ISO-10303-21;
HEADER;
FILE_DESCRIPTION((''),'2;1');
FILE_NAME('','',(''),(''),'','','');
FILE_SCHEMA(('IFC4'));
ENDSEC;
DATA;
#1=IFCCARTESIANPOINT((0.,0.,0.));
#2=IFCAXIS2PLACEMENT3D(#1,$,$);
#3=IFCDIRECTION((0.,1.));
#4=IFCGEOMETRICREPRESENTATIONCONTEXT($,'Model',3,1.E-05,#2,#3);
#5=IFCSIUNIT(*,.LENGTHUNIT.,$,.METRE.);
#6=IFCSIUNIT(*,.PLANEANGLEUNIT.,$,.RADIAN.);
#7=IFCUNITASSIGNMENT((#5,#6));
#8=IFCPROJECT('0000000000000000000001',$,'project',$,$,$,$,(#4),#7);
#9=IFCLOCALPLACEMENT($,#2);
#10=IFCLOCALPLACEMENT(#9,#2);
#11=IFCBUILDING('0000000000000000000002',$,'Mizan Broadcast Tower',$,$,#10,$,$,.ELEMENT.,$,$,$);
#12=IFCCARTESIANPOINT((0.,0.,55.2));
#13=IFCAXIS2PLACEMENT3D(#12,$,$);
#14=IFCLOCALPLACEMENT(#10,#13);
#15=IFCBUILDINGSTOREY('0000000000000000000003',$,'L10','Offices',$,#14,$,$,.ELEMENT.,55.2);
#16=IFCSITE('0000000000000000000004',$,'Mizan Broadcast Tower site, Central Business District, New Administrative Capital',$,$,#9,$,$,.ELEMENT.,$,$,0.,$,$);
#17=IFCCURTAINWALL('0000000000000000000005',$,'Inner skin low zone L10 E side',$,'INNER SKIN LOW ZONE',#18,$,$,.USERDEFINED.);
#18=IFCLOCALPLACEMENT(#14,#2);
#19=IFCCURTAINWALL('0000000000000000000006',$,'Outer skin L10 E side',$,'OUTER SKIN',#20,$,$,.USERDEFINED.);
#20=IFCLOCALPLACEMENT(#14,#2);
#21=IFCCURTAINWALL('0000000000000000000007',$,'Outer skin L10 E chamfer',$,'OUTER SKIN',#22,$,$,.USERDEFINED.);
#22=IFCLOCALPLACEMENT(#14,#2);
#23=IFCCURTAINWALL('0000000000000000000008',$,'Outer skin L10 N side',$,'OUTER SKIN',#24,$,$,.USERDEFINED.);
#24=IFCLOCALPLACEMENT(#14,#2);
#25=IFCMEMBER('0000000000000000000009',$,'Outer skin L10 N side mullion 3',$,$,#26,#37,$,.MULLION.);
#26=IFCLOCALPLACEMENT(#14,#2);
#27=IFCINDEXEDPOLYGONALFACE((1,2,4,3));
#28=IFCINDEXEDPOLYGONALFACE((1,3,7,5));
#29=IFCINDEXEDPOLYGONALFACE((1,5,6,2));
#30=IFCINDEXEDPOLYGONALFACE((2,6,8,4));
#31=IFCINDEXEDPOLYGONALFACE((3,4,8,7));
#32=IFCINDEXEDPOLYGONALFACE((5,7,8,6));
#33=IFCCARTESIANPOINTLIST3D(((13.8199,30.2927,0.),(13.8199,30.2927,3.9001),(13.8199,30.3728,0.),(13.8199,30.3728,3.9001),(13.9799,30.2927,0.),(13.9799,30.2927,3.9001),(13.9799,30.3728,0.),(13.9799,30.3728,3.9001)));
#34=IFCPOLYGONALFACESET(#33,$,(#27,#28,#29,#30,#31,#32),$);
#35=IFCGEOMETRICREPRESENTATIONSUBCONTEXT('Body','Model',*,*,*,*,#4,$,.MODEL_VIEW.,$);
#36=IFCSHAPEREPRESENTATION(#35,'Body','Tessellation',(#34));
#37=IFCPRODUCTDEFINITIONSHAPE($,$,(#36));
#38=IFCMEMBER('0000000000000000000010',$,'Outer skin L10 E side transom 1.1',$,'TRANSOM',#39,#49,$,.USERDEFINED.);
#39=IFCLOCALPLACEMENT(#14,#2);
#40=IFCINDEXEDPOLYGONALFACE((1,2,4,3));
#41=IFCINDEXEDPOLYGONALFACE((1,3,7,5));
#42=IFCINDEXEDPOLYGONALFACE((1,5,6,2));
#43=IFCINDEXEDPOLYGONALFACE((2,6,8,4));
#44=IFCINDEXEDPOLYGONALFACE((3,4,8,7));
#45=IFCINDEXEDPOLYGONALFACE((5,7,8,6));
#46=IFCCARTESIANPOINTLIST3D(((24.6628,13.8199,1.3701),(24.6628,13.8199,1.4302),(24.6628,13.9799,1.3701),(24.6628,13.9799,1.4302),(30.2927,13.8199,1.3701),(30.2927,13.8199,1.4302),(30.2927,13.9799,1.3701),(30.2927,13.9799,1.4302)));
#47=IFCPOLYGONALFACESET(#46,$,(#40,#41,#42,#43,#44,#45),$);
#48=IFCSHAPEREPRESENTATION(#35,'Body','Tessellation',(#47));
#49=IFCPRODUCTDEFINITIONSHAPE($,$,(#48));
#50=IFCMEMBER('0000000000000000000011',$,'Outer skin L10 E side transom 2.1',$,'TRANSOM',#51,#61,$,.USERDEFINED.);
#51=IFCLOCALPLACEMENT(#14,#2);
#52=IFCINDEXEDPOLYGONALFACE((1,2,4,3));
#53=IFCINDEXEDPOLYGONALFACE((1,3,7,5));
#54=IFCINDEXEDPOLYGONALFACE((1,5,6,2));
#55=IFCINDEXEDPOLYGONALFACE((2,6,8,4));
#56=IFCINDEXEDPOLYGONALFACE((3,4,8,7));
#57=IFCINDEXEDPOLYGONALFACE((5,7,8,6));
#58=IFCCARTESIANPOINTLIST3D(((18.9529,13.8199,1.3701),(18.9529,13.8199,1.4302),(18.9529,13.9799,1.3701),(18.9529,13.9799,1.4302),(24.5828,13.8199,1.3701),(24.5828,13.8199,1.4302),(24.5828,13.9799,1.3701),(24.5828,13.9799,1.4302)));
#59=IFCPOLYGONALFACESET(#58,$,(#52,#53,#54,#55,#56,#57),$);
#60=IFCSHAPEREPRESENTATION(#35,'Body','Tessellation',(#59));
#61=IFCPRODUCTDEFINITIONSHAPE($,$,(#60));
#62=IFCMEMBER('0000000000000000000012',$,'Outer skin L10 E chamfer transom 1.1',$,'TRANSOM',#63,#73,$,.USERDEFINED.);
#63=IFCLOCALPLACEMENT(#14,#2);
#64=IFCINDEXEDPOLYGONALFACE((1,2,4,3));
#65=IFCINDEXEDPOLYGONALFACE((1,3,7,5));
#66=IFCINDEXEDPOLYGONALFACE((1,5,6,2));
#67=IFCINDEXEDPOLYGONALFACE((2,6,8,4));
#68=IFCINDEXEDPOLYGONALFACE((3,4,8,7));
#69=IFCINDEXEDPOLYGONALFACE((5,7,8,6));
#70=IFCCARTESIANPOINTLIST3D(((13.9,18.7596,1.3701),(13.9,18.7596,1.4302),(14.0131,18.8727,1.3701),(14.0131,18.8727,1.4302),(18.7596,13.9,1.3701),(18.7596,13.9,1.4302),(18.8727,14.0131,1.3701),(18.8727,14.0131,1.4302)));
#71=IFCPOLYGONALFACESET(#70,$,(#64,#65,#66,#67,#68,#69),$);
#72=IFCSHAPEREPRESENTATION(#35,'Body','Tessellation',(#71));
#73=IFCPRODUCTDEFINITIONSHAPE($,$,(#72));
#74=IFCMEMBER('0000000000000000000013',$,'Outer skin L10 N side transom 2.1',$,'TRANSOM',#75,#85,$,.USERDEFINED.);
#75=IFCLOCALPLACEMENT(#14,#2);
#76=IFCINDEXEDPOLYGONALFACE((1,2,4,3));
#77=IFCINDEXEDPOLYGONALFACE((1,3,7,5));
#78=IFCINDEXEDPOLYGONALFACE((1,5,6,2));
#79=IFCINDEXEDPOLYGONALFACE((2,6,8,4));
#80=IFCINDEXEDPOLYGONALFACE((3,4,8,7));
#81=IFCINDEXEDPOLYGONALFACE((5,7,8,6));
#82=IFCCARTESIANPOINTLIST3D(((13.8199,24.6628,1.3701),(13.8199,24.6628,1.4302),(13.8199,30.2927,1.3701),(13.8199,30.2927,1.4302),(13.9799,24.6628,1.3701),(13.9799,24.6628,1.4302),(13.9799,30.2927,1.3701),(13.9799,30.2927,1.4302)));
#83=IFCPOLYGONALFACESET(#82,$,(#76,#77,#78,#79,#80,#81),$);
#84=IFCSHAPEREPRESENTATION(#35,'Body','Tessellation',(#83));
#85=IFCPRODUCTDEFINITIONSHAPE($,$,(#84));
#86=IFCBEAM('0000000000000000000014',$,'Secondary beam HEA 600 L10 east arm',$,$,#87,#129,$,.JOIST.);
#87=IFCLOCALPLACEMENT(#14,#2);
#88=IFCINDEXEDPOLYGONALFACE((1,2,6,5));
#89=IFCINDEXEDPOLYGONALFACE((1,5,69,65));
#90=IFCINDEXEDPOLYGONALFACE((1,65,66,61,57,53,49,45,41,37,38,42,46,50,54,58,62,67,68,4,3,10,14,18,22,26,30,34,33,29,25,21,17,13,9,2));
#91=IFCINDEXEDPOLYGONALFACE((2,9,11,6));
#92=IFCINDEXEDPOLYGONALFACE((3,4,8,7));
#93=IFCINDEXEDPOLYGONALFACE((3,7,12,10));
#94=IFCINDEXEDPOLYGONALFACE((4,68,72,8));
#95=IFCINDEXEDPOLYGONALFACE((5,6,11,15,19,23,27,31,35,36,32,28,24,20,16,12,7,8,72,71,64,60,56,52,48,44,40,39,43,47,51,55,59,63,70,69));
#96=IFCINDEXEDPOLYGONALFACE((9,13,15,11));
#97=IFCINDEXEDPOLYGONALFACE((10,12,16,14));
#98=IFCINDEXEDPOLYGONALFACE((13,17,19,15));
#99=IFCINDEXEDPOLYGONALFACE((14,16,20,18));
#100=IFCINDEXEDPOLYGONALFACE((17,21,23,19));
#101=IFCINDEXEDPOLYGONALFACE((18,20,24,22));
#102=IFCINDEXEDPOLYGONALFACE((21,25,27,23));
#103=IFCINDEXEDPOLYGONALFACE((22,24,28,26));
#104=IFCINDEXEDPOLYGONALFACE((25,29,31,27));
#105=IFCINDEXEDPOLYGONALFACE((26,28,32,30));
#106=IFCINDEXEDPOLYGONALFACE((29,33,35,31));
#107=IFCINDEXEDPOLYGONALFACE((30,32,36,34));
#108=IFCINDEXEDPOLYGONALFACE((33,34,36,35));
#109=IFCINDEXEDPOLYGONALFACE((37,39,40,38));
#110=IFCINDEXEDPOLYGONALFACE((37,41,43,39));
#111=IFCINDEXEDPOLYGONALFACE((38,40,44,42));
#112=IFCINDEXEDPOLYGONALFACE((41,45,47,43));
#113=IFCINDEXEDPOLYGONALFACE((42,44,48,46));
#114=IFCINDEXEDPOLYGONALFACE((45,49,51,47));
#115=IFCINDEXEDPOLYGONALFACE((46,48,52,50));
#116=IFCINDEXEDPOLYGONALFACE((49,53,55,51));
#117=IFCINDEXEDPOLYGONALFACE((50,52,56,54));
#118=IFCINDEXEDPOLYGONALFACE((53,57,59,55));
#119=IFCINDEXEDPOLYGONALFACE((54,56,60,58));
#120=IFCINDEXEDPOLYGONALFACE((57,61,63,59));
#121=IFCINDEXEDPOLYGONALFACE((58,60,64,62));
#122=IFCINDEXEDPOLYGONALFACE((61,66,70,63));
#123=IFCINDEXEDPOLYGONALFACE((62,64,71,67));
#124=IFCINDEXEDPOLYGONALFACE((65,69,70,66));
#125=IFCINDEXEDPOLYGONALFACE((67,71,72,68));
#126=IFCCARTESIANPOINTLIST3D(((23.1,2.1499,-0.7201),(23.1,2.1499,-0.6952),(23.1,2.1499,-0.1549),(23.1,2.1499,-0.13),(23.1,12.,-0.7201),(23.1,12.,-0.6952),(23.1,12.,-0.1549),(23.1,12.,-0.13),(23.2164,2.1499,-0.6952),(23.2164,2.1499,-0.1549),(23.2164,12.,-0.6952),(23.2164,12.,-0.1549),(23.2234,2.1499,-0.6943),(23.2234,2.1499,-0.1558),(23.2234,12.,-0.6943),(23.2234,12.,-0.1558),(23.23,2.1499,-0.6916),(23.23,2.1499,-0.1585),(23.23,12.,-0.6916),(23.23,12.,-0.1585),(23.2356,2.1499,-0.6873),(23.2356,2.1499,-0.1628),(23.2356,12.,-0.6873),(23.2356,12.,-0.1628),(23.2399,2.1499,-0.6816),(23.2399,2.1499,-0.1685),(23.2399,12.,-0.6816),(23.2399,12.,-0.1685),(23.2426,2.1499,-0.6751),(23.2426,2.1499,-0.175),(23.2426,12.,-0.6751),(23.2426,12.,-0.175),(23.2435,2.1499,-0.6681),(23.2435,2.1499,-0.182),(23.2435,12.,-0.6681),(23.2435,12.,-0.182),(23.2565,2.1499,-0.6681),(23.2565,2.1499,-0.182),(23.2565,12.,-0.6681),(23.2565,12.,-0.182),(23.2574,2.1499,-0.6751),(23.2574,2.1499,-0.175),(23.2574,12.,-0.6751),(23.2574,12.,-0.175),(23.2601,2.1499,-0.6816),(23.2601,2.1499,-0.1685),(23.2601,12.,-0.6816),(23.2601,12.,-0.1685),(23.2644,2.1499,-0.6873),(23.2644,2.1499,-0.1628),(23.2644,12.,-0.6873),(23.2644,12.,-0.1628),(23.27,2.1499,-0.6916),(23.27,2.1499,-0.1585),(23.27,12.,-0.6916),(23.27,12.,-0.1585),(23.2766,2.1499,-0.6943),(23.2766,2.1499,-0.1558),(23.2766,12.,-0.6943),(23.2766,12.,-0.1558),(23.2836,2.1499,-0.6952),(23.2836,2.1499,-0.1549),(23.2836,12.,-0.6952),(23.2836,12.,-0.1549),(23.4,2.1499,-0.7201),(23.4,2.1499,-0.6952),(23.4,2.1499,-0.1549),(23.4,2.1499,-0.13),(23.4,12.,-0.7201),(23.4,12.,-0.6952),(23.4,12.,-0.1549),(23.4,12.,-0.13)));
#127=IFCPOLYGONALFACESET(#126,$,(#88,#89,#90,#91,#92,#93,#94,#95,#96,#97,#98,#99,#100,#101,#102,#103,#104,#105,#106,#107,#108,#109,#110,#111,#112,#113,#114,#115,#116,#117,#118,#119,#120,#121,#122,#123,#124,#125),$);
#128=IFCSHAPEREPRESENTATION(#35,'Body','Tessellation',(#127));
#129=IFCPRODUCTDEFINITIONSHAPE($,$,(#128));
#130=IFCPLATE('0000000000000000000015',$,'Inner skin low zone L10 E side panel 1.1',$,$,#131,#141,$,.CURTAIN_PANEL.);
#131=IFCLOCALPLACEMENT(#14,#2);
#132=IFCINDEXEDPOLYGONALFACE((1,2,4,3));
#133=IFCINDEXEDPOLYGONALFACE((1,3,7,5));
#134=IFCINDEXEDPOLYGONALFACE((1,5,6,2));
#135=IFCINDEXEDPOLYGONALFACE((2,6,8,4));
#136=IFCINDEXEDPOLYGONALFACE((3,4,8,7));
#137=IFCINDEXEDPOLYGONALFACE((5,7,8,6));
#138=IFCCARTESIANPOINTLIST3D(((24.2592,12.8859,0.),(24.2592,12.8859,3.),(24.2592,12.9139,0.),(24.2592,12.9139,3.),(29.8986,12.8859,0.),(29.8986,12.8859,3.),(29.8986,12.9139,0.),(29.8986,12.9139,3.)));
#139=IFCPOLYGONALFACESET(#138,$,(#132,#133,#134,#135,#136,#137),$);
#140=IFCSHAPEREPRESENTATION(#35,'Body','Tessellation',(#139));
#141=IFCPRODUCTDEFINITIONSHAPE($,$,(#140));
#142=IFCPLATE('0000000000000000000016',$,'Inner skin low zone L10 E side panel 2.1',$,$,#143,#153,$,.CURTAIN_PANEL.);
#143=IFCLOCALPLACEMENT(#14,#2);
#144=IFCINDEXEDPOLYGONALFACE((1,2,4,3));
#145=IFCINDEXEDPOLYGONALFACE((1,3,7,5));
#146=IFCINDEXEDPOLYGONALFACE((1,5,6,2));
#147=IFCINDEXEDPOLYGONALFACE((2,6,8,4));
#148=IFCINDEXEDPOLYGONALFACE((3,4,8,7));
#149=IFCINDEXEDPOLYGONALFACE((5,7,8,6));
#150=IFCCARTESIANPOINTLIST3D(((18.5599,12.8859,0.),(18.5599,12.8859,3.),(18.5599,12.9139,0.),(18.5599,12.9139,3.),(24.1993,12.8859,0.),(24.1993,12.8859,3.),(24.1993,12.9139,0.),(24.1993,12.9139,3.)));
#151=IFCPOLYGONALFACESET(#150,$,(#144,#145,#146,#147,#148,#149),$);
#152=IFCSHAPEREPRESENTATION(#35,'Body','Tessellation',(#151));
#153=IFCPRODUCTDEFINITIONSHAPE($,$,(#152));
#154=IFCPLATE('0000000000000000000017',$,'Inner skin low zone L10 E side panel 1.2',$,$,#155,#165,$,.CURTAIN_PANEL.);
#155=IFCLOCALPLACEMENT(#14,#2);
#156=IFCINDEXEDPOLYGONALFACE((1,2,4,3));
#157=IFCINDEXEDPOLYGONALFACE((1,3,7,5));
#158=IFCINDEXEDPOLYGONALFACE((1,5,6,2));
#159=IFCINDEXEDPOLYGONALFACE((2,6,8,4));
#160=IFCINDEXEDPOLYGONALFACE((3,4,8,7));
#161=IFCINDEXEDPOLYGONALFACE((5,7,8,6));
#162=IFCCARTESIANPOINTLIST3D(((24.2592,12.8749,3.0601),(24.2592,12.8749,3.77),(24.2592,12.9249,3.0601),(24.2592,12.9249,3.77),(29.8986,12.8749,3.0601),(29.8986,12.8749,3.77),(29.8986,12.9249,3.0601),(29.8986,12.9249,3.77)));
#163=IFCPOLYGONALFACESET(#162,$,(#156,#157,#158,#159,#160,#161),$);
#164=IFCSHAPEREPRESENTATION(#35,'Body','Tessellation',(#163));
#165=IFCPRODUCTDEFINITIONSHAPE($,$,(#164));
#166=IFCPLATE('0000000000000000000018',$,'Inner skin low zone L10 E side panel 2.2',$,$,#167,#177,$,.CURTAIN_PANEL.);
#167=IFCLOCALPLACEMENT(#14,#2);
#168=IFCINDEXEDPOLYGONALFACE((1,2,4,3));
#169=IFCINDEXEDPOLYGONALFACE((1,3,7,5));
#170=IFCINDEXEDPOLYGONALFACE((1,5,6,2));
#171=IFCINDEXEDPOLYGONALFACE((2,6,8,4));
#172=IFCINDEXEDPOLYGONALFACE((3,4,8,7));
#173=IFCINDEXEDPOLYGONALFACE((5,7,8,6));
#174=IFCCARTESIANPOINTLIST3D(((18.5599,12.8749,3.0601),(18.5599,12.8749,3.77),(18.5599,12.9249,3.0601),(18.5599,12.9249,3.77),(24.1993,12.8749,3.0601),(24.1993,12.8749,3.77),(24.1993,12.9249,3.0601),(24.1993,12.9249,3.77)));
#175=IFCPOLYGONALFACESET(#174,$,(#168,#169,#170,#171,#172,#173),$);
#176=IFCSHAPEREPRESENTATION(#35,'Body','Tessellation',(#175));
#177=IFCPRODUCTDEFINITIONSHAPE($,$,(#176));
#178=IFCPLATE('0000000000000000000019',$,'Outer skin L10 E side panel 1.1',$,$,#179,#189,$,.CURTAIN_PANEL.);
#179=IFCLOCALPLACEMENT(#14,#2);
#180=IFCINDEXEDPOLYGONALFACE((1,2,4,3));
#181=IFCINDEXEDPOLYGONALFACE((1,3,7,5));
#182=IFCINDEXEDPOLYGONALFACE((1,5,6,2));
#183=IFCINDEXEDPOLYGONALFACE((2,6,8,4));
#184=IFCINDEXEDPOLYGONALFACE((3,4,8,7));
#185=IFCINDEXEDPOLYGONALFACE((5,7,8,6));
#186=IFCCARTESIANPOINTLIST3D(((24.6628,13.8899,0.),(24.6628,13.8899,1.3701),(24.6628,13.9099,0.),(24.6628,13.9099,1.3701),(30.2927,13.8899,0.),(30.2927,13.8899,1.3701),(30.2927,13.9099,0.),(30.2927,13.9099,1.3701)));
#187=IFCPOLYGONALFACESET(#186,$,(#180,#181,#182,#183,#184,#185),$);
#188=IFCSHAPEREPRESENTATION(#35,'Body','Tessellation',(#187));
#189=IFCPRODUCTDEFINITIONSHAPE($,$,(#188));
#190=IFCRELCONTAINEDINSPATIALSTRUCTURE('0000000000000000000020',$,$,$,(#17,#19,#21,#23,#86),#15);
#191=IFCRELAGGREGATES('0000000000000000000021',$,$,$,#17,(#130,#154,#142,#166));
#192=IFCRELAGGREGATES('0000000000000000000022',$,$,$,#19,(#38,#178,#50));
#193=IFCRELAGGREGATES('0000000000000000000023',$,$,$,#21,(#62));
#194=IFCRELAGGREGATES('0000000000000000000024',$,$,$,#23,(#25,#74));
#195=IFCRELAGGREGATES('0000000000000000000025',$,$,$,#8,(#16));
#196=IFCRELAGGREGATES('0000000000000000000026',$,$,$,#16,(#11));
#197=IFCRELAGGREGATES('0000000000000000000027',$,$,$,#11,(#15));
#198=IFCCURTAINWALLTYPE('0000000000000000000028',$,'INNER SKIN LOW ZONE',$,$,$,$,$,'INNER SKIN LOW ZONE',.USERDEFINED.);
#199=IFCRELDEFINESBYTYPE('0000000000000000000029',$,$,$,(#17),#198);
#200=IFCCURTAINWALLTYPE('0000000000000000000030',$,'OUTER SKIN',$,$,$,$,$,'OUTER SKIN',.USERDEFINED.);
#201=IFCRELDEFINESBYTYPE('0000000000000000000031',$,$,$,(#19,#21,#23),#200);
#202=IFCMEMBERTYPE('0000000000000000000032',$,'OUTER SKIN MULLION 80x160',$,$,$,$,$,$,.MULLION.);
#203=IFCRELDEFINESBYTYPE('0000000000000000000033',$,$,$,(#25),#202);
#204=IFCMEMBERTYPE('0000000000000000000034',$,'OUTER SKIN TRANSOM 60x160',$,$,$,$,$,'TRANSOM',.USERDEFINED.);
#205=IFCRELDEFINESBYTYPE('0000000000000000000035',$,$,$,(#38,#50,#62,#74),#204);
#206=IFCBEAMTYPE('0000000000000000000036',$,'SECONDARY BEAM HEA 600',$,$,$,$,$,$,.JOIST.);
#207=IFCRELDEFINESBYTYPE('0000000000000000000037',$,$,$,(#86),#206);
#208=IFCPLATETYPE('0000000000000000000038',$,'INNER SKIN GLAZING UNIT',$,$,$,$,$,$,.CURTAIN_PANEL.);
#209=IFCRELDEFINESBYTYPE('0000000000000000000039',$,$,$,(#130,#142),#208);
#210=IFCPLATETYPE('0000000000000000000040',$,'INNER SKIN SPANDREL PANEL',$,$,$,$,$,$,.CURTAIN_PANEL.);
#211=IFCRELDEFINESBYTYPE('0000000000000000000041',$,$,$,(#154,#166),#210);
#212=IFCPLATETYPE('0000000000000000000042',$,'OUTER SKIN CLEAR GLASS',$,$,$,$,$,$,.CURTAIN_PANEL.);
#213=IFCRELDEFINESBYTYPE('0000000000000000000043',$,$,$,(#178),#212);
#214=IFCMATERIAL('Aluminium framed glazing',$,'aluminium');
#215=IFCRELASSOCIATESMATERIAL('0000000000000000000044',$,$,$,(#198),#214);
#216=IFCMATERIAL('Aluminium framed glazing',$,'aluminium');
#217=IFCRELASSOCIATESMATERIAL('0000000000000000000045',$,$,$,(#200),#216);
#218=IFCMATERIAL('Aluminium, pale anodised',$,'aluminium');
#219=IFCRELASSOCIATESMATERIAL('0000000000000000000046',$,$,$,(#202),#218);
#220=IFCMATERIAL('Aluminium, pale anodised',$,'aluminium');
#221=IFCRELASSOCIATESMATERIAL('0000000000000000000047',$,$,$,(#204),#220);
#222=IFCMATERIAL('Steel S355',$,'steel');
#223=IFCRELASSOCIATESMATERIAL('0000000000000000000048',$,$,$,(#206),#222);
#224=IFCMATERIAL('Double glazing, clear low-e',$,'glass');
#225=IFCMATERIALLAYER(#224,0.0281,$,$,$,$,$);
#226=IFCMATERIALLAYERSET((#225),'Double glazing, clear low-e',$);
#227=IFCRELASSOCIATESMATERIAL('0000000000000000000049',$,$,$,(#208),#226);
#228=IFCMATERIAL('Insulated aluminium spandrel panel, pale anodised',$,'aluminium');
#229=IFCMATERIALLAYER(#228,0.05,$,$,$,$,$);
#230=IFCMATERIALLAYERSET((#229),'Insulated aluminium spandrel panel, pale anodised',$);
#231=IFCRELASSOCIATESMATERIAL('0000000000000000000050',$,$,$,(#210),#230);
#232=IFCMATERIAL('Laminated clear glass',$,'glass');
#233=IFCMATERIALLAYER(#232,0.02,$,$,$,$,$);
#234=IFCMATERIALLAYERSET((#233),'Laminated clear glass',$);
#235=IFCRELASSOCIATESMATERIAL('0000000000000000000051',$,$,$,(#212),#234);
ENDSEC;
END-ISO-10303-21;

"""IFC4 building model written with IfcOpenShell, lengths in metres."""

from ifc_helpers import new_model, si_unit, direction, frame, origin, origin_2d, place, context, subcontext, project, spatial, rectangle, i_section, extrude, material, layer, layer_set, material_profile, profile_set, type_object, element, aggregate, save


model = new_model("IFC4")

# Units and contexts
model_context = context("Model", 3, precision=1e-05, world=origin(), true_north=direction((0.0, 1.0)))
body_context = subcontext(model_context, "Body", "Model", "MODEL_VIEW")
ifc_project = project(units=[si_unit("LENGTHUNIT", "METRE"), si_unit("PLANEANGLEUNIT", "RADIAN")], contexts=[model_context])

# Site, building, storey
site_placement = place(None, origin())
site = spatial("IfcSite", under=ifc_project, at=site_placement, Name="Mizan Broadcast Tower site, Central Business District, New Administrative Capital", CompositionType="ELEMENT", RefElevation=0.0)
building_placement = place(site_placement, origin())
building = spatial("IfcBuilding", under=site, at=building_placement, Name="Mizan Broadcast Tower", CompositionType="ELEMENT")
storey_placement = place(building_placement, frame((0.0, 0.0, 55.2)))
storey = spatial("IfcBuildingStorey", under=building, at=storey_placement, Name="L10", Description="Offices", CompositionType="ELEMENT", Elevation=55.2)

# Shared definitions
ifc_material_1 = material(Name="Aluminium framed glazing", Category="aluminium")
curtain_wall_type_1 = type_object("IfcCurtainWallType", Name="INNER SKIN LOW ZONE", ElementType="INNER SKIN LOW ZONE", PredefinedType="USERDEFINED", material=ifc_material_1)

# Curtain wall
curtain_wall_1_placement = place(storey_placement, origin())
curtain_wall_1 = element("IfcCurtainWall", 1, at=curtain_wall_1_placement, inside=storey, type_object=curtain_wall_type_1, Name="Inner skin low zone L10 E side", ObjectType="INNER SKIN LOW ZONE", PredefinedType="USERDEFINED")

# Shared definitions
ifc_material_2 = material(Name="Aluminium framed glazing", Category="aluminium")
curtain_wall_type_2 = type_object("IfcCurtainWallType", Name="OUTER SKIN", ElementType="OUTER SKIN", PredefinedType="USERDEFINED", material=ifc_material_2)
ifc_material_3 = material(Name="Aluminium, pale anodised", Category="aluminium")
ifc_material_profile_1 = material_profile(ifc_material_3, rectangle(XDim=0.1599, YDim=0.0801, at=origin_2d()), Name="MULLION 160x80")
ifc_profile_set_1 = profile_set([ifc_material_profile_1], Name="Aluminium, pale anodised")
member_type_1 = type_object("IfcMemberType", Name="OUTER SKIN MULLION 80x160", PredefinedType="MULLION", material=ifc_profile_set_1)

# Curtain wall
curtain_wall_2_placement = place(storey_placement, origin())
curtain_wall_2 = element("IfcCurtainWall", 2, at=curtain_wall_2_placement, inside=storey, type_object=curtain_wall_type_2, Name="Outer skin L10 E side", ObjectType="OUTER SKIN", PredefinedType="USERDEFINED")

# Curtain wall
curtain_wall_3_placement = place(storey_placement, origin())
curtain_wall_3 = element("IfcCurtainWall", 3, at=curtain_wall_3_placement, inside=storey, type_object=curtain_wall_type_2, Name="Outer skin L10 E chamfer", ObjectType="OUTER SKIN", PredefinedType="USERDEFINED")

# Curtain wall, member
curtain_wall_4_placement = place(storey_placement, origin())
curtain_wall_4 = element("IfcCurtainWall", 4, at=curtain_wall_4_placement, inside=storey, type_object=curtain_wall_type_2, Name="Outer skin L10 N side", ObjectType="OUTER SKIN", PredefinedType="USERDEFINED")
member_1_placement = place(storey_placement, frame((13.8999, 30.3328, 0.0), z_axis=(0.0, 0.0, 1.0), x_axis=(-1.0, 0.0, 0.0)))
member_1 = element("IfcMember", 5, at=member_1_placement, type_object=member_type_1, Name="Outer skin L10 N side mullion 3", PredefinedType="MULLION", context=body_context, shape_type="SweptSolid", body=[
    extrude(rectangle(XDim=0.1599, YDim=0.0801, at=origin_2d()), origin(), (0.0, 0.0, 1.0), 3.9001),
])

# Members
ifc_material_4 = material(Name="Aluminium, pale anodised", Category="aluminium")
ifc_material_profile_2 = material_profile(ifc_material_4, rectangle(XDim=0.1599, YDim=0.0601, at=origin_2d()), Name="TRANSOM 160x60")
ifc_profile_set_2 = profile_set([ifc_material_profile_2], Name="Aluminium, pale anodised")
member_type_2 = type_object("IfcMemberType", Name="OUTER SKIN TRANSOM 60x160", ElementType="TRANSOM", PredefinedType="USERDEFINED", material=ifc_profile_set_2)
member_2_placement = place(storey_placement, frame((30.2927, 13.8999, 1.4001), z_axis=(-1.0, 0.0, 0.0), x_axis=(0.0, -1.0, 0.0)))
member_2 = element("IfcMember", 6, at=member_2_placement, type_object=member_type_2, Name="Outer skin L10 E side transom 1.1", ObjectType="TRANSOM", PredefinedType="USERDEFINED", context=body_context, shape_type="SweptSolid", body=[
    extrude(rectangle(XDim=0.1599, YDim=0.0601, at=origin_2d()), origin(), (0.0, 0.0, 1.0), 5.6299),
])
member_3_placement = place(storey_placement, frame((24.5828, 13.8999, 1.4001), z_axis=(-1.0, 0.0, 0.0), x_axis=(0.0, -1.0, 0.0)))
member_3 = element("IfcMember", 7, at=member_3_placement, type_object=member_type_2, Name="Outer skin L10 E side transom 2.1", ObjectType="TRANSOM", PredefinedType="USERDEFINED", context=body_context, shape_type="SweptSolid", body=[
    extrude(rectangle(XDim=0.1599, YDim=0.0601, at=origin_2d()), origin(), (0.0, 0.0, 1.0), 5.6299),
])
member_4_placement = place(storey_placement, frame((18.8162, 13.9565, 1.4001), z_axis=(-0.707107, 0.707107, 0.0), x_axis=(-0.707107, -0.707107, 0.0)))
member_4 = element("IfcMember", 8, at=member_4_placement, type_object=member_type_2, Name="Outer skin L10 E chamfer transom 1.1", ObjectType="TRANSOM", PredefinedType="USERDEFINED", context=body_context, shape_type="SweptSolid", body=[
    extrude(rectangle(XDim=0.1599, YDim=0.0601, at=origin_2d()), origin(), (0.0, 0.0, 1.0), 6.8726),
])
member_5_placement = place(storey_placement, frame((13.8999, 24.6628, 1.4001), z_axis=(0.0, 1.0, 0.0), x_axis=(-1.0, 0.0, 0.0)))
member_5 = element("IfcMember", 9, at=member_5_placement, type_object=member_type_2, Name="Outer skin L10 N side transom 2.1", ObjectType="TRANSOM", PredefinedType="USERDEFINED", context=body_context, shape_type="SweptSolid", body=[
    extrude(rectangle(XDim=0.1599, YDim=0.0601, at=origin_2d()), origin(), (0.0, 0.0, 1.0), 5.6299),
])

# Beam
ifc_material_5 = material(Name="Steel S355", Category="steel")
ifc_material_profile_3 = material_profile(ifc_material_5, i_section(OverallWidth=0.3, OverallDepth=0.5901, WebThickness=0.0129, FlangeThickness=0.0249, FilletRadius=0.0271, at=origin_2d()), Name="HEA 600")
ifc_profile_set_3 = profile_set([ifc_material_profile_3], Name="Steel S355")
beam_type_1 = type_object("IfcBeamType", Name="SECONDARY BEAM HEA 600", PredefinedType="JOIST", material=ifc_profile_set_3)
beam_1_placement = place(storey_placement, frame((23.25, 12.0, -0.425), z_axis=(0.0, -1.0, 0.0), x_axis=(1.0, 0.0, 0.0)))
element("IfcBeam", 10, at=beam_1_placement, inside=storey, type_object=beam_type_1, Name="Secondary beam HEA 600 L10 east arm", PredefinedType="JOIST", context=body_context, shape_type="SweptSolid", body=[
    extrude(i_section(OverallWidth=0.3, OverallDepth=0.5901, WebThickness=0.0129, FlangeThickness=0.0249, FilletRadius=0.0271, at=origin_2d()), origin(), (0.0, 0.0, 1.0), 9.8501),
])

# Plates
ifc_material_6 = material(Name="Double glazing, clear low-e", Category="glass")
ifc_layer_1 = layer(ifc_material_6, 0.0281)
ifc_layer_set_1 = layer_set([ifc_layer_1], Name="Double glazing, clear low-e")
plate_type_1 = type_object("IfcPlateType", Name="INNER SKIN GLAZING UNIT", PredefinedType="CURTAIN_PANEL", material=ifc_layer_set_1)
plate_1_placement = place(storey_placement, frame((27.0789, 12.8999, 0.0), z_axis=(0.0, 0.0, 1.0), x_axis=(-1.0, 0.0, 0.0)))
plate_1 = element("IfcPlate", 11, at=plate_1_placement, type_object=plate_type_1, Name="Inner skin low zone L10 E side panel 1.1", PredefinedType="CURTAIN_PANEL", context=body_context, shape_type="SweptSolid", body=[
    extrude(rectangle(XDim=5.6394, YDim=0.0281, at=origin_2d()), origin(), (0.0, 0.0, 1.0), 3.0),
])
plate_2_placement = place(storey_placement, frame((21.3796, 12.8999, 0.0), z_axis=(0.0, 0.0, 1.0), x_axis=(-1.0, 0.0, 0.0)))
plate_2 = element("IfcPlate", 12, at=plate_2_placement, type_object=plate_type_1, Name="Inner skin low zone L10 E side panel 2.1", PredefinedType="CURTAIN_PANEL", context=body_context, shape_type="SweptSolid", body=[
    extrude(rectangle(XDim=5.6394, YDim=0.0281, at=origin_2d()), origin(), (0.0, 0.0, 1.0), 3.0),
])
ifc_material_7 = material(Name="Insulated aluminium spandrel panel, pale anodised", Category="aluminium")
ifc_layer_2 = layer(ifc_material_7, 0.05)
ifc_layer_set_2 = layer_set([ifc_layer_2], Name="Insulated aluminium spandrel panel, pale anodised")
plate_type_2 = type_object("IfcPlateType", Name="INNER SKIN SPANDREL PANEL", PredefinedType="CURTAIN_PANEL", material=ifc_layer_set_2)
plate_3_placement = place(storey_placement, frame((27.0789, 12.8999, 3.0601), z_axis=(0.0, 0.0, 1.0), x_axis=(-1.0, 0.0, 0.0)))
plate_3 = element("IfcPlate", 13, at=plate_3_placement, type_object=plate_type_2, Name="Inner skin low zone L10 E side panel 1.2", PredefinedType="CURTAIN_PANEL", context=body_context, shape_type="SweptSolid", body=[
    extrude(rectangle(XDim=5.6394, YDim=0.05, at=origin_2d()), origin(), (0.0, 0.0, 1.0), 0.71),
])
plate_4_placement = place(storey_placement, frame((21.3796, 12.8999, 3.0601), z_axis=(0.0, 0.0, 1.0), x_axis=(-1.0, 0.0, 0.0)))
plate_4 = element("IfcPlate", 14, at=plate_4_placement, type_object=plate_type_2, Name="Inner skin low zone L10 E side panel 2.2", PredefinedType="CURTAIN_PANEL", context=body_context, shape_type="SweptSolid", body=[
    extrude(rectangle(XDim=5.6394, YDim=0.05, at=origin_2d()), origin(), (0.0, 0.0, 1.0), 0.71),
])
aggregate(curtain_wall_1, [plate_1, plate_3, plate_2, plate_4])
ifc_material_8 = material(Name="Laminated clear glass", Category="glass")
ifc_layer_3 = layer(ifc_material_8, 0.02)
ifc_layer_set_3 = layer_set([ifc_layer_3], Name="Laminated clear glass")
plate_type_3 = type_object("IfcPlateType", Name="OUTER SKIN CLEAR GLASS", PredefinedType="CURTAIN_PANEL", material=ifc_layer_set_3)
plate_5_placement = place(storey_placement, frame((27.4778, 13.8999, 0.0), z_axis=(0.0, 0.0, 1.0), x_axis=(-1.0, 0.0, 0.0)))
plate_5 = element("IfcPlate", 15, at=plate_5_placement, type_object=plate_type_3, Name="Outer skin L10 E side panel 1.1", PredefinedType="CURTAIN_PANEL", context=body_context, shape_type="SweptSolid", body=[
    extrude(rectangle(XDim=5.6299, YDim=0.02, at=origin_2d()), origin(), (0.0, 0.0, 1.0), 1.3701),
])
aggregate(curtain_wall_2, [member_2, plate_5, member_3])
aggregate(curtain_wall_3, [member_4])
aggregate(curtain_wall_4, [member_1, member_5])

save(model, "model.ifc")
